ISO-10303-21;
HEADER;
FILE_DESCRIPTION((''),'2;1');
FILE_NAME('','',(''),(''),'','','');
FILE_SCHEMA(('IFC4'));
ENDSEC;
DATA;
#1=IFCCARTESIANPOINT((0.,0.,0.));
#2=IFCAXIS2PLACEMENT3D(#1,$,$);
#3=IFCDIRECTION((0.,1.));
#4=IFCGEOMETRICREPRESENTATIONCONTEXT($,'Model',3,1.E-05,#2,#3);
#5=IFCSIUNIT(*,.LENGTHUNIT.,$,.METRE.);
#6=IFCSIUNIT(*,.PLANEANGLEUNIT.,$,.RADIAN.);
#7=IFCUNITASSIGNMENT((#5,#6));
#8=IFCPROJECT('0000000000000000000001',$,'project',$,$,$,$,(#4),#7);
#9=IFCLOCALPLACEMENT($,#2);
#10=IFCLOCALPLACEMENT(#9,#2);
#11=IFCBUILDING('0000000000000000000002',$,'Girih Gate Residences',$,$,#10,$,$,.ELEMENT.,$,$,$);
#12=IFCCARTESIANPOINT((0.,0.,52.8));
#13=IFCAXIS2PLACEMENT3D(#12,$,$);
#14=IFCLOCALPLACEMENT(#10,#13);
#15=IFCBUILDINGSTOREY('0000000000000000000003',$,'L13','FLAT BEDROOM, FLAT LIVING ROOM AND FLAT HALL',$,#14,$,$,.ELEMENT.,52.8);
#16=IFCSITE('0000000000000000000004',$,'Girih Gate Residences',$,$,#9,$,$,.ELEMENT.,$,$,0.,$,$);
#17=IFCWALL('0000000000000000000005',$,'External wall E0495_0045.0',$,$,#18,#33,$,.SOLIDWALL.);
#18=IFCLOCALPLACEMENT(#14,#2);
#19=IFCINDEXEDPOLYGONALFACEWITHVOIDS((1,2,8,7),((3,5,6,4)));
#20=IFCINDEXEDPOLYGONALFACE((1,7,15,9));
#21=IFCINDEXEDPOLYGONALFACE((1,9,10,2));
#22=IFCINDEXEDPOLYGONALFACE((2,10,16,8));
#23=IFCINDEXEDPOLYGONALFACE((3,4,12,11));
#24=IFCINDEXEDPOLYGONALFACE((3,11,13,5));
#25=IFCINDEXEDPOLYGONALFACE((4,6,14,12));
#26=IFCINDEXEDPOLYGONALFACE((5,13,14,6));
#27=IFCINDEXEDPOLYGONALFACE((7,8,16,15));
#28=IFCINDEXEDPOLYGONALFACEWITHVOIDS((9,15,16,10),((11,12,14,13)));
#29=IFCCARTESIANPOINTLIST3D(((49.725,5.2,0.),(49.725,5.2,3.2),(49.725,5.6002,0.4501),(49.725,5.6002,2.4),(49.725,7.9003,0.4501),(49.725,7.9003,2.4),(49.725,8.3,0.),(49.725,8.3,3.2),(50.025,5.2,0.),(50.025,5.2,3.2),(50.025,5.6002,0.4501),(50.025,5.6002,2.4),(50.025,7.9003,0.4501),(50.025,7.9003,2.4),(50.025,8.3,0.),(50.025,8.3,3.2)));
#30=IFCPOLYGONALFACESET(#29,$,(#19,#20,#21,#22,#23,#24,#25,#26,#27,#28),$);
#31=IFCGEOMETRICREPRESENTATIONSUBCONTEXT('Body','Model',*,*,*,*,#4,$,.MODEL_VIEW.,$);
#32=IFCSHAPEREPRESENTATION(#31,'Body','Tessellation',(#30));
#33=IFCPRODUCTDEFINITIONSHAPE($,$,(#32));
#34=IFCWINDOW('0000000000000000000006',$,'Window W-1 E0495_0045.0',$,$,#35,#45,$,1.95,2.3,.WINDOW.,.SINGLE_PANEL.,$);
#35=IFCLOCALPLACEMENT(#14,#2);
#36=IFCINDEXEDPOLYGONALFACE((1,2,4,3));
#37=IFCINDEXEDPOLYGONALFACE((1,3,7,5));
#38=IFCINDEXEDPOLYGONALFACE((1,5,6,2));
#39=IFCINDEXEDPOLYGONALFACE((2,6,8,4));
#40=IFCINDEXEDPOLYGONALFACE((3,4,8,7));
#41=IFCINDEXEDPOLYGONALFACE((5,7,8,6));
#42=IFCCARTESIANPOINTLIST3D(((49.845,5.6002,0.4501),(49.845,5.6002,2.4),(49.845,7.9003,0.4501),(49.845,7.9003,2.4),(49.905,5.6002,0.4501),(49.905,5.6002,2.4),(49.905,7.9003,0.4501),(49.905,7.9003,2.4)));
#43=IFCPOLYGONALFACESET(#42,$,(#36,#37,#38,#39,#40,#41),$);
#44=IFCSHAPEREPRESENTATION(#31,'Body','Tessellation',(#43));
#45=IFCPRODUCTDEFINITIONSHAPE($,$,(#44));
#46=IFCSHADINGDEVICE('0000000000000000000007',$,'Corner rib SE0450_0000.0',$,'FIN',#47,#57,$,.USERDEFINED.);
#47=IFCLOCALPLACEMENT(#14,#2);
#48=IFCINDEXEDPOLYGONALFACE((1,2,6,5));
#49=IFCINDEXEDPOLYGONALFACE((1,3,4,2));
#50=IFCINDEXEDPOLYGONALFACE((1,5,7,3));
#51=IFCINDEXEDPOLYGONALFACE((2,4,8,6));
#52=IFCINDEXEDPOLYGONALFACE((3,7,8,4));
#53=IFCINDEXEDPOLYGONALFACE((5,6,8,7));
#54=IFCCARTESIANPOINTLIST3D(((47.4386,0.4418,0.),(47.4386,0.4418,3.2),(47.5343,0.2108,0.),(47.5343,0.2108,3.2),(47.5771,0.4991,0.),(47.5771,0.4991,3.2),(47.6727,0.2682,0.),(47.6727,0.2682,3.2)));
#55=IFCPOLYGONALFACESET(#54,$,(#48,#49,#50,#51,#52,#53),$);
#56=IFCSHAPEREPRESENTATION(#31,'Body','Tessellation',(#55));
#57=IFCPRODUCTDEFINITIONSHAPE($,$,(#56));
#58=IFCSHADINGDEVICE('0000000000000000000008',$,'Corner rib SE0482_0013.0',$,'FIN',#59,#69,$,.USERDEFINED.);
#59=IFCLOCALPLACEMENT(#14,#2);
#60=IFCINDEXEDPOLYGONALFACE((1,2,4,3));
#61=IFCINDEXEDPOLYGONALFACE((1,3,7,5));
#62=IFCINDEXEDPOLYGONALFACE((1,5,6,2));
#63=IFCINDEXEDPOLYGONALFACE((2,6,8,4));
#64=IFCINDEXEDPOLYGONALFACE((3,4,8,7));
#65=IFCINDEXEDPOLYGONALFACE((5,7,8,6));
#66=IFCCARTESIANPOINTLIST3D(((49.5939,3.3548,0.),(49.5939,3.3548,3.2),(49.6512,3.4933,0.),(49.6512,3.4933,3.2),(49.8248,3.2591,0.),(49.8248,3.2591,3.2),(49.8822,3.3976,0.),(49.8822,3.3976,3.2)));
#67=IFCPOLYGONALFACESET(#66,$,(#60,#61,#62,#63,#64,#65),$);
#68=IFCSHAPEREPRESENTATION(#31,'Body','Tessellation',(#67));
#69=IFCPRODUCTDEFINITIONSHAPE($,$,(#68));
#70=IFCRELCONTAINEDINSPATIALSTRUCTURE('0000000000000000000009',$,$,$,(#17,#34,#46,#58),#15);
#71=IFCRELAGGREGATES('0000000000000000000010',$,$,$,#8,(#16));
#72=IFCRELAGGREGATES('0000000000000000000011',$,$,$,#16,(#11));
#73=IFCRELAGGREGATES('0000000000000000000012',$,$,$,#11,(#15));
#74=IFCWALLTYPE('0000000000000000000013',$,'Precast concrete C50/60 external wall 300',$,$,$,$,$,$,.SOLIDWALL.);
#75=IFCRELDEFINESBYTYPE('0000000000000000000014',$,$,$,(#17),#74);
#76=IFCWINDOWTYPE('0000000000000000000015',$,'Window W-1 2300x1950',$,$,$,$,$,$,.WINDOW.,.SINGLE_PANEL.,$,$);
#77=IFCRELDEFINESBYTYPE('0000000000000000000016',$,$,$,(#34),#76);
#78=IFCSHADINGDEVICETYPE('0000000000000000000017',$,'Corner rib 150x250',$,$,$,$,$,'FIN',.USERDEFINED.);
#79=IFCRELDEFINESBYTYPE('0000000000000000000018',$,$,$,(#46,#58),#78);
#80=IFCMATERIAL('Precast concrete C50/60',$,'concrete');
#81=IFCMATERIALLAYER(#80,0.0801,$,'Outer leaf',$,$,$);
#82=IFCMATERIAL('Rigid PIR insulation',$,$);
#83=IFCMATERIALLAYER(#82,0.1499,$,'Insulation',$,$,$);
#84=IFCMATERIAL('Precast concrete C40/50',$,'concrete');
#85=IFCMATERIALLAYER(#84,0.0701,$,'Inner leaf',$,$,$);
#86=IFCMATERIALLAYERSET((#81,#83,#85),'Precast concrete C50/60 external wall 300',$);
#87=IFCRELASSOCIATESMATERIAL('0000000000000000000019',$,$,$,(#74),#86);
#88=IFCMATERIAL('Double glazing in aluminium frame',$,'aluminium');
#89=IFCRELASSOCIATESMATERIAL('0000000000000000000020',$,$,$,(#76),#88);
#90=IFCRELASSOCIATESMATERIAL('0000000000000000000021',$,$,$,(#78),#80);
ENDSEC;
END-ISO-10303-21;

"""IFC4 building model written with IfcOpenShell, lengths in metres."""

from ifc_helpers import new_model, si_unit, direction, frame, frame_2d, origin, origin_2d, place, context, subcontext, project, spatial, rectangle, extrude, material, layer, layer_set, type_object, element, fill, save


model = new_model("IFC4")

# Units and contexts
model_context = context("Model", 3, precision=1e-05, world=origin(), true_north=direction((0.0, 1.0)))
body_context = subcontext(model_context, "Body", "Model", "MODEL_VIEW")
ifc_project = project(units=[si_unit("LENGTHUNIT", "METRE"), si_unit("PLANEANGLEUNIT", "RADIAN")], contexts=[model_context])

# Site, building, storey
site_placement = place(None, origin())
site = spatial("IfcSite", under=ifc_project, at=site_placement, Name="Girih Gate Residences", CompositionType="ELEMENT", RefElevation=0.0)
building_placement = place(site_placement, origin())
building = spatial("IfcBuilding", under=site, at=building_placement, Name="Girih Gate Residences", CompositionType="ELEMENT")
storey_placement = place(building_placement, frame((0.0, 0.0, 52.8)))
storey = spatial("IfcBuildingStorey", under=building, at=storey_placement, Name="L13", Description="FLAT BEDROOM, FLAT LIVING ROOM AND FLAT HALL", CompositionType="ELEMENT", Elevation=52.8)

# Wall, opening, window
ifc_material_1 = material(Name="Precast concrete C50/60", Category="concrete")
ifc_layer_1 = layer(ifc_material_1, 0.0801, Name="Outer leaf")
ifc_material_2 = material(Name="Rigid PIR insulation")
ifc_layer_2 = layer(ifc_material_2, 0.1499, Name="Insulation")
ifc_material_3 = material(Name="Precast concrete C40/50", Category="concrete")
ifc_layer_3 = layer(ifc_material_3, 0.0701, Name="Inner leaf")
ifc_layer_set_1 = layer_set([ifc_layer_1, ifc_layer_2, ifc_layer_3], Name="Precast concrete C50/60 external wall 300")
wall_type_1 = type_object("IfcWallType", Name="Precast concrete C50/60 external wall 300", PredefinedType="SOLIDWALL", material=ifc_layer_set_1)
ifc_material_4 = material(Name="Double glazing in aluminium frame", Category="aluminium")
wall_1_placement = place(storey_placement, frame((49.875, 8.3, 0.0), z_axis=(0.0, 0.0, 1.0), x_axis=(0.0, -1.0, 0.0)))
wall_1 = element("IfcWall", 1, at=wall_1_placement, inside=storey, type_object=wall_type_1, Name="External wall E0495_0045.0", PredefinedType="SOLIDWALL", context=body_context, shape_type="SweptSolid", body=[
    extrude(rectangle(XDim=3.1001, YDim=0.3, at=frame_2d((1.55, 0.0))), origin(), (0.0, 0.0, 1.0), 3.2),
])
opening_1_placement = place(wall_1_placement, frame((0.3999, 0.0, 0.45)))
opening_1 = element("IfcOpeningElement", 2, at=opening_1_placement, cuts=wall_1, PredefinedType="OPENING", context=body_context, shape_type="SweptSolid", body=[
    extrude(rectangle(XDim=2.3, YDim=1.95, at=frame_2d((1.1499, 0.9751))), frame((0.0, 0.1599, 0.0), z_axis=(0.0, -1.0, 0.0), x_axis=(1.0, 0.0, 0.0)), (0.0, 0.0, 1.0), 0.3201),
])
window_type_1 = type_object("IfcWindowType", Name="Window W-1 2300x1950", PartitioningType="SINGLE_PANEL", PredefinedType="WINDOW", material=ifc_material_4)
window_1_placement = place(opening_1_placement, origin())
window_1 = element("IfcWindow", 3, at=window_1_placement, inside=storey, type_object=window_type_1, Name="Window W-1 E0495_0045.0", OverallHeight=1.95, OverallWidth=2.3, PartitioningType="SINGLE_PANEL", PredefinedType="WINDOW", context=body_context, shape_type="SweptSolid", body=[
    extrude(rectangle(XDim=2.3, YDim=1.95, at=frame_2d((1.1499, 0.9751))), frame((0.0, 0.03, 0.0), z_axis=(0.0, -1.0, 0.0), x_axis=(1.0, 0.0, 0.0)), (0.0, 0.0, 1.0), 0.0601),
])
fill(opening_1, window_1)

# Shading devices
shading_device_type = type_object("IfcShadingDeviceType", Name="Corner rib 150x250", ElementType="FIN", PredefinedType="USERDEFINED", material=ifc_material_1)
for number, where, z_axis, x_axis, name in (
    (4, (47.5557, 0.355, 0.0), (0.0, 0.0, 1.0), (0.92388, 0.382683, 0.0), "Corner rib SE0450_0000.0"),
    (5, (49.738, 3.3762, 0.0), (0.0, 0.0, 1.0), (0.382683, 0.92388, 0.0), "Corner rib SE0482_0013.0"),
):
    element("IfcShadingDevice", number, at=place(storey_placement, frame(where, z_axis=z_axis, x_axis=x_axis)), inside=storey, type_object=shading_device_type, Name=name, ObjectType="FIN", PredefinedType="USERDEFINED", context=body_context, shape_type="SweptSolid", body=[
        extrude(rectangle(XDim=0.1499, YDim=0.25, at=origin_2d()), origin(), (0.0, 0.0, 1.0), 3.2),
    ])

save(model, "model.ifc")
